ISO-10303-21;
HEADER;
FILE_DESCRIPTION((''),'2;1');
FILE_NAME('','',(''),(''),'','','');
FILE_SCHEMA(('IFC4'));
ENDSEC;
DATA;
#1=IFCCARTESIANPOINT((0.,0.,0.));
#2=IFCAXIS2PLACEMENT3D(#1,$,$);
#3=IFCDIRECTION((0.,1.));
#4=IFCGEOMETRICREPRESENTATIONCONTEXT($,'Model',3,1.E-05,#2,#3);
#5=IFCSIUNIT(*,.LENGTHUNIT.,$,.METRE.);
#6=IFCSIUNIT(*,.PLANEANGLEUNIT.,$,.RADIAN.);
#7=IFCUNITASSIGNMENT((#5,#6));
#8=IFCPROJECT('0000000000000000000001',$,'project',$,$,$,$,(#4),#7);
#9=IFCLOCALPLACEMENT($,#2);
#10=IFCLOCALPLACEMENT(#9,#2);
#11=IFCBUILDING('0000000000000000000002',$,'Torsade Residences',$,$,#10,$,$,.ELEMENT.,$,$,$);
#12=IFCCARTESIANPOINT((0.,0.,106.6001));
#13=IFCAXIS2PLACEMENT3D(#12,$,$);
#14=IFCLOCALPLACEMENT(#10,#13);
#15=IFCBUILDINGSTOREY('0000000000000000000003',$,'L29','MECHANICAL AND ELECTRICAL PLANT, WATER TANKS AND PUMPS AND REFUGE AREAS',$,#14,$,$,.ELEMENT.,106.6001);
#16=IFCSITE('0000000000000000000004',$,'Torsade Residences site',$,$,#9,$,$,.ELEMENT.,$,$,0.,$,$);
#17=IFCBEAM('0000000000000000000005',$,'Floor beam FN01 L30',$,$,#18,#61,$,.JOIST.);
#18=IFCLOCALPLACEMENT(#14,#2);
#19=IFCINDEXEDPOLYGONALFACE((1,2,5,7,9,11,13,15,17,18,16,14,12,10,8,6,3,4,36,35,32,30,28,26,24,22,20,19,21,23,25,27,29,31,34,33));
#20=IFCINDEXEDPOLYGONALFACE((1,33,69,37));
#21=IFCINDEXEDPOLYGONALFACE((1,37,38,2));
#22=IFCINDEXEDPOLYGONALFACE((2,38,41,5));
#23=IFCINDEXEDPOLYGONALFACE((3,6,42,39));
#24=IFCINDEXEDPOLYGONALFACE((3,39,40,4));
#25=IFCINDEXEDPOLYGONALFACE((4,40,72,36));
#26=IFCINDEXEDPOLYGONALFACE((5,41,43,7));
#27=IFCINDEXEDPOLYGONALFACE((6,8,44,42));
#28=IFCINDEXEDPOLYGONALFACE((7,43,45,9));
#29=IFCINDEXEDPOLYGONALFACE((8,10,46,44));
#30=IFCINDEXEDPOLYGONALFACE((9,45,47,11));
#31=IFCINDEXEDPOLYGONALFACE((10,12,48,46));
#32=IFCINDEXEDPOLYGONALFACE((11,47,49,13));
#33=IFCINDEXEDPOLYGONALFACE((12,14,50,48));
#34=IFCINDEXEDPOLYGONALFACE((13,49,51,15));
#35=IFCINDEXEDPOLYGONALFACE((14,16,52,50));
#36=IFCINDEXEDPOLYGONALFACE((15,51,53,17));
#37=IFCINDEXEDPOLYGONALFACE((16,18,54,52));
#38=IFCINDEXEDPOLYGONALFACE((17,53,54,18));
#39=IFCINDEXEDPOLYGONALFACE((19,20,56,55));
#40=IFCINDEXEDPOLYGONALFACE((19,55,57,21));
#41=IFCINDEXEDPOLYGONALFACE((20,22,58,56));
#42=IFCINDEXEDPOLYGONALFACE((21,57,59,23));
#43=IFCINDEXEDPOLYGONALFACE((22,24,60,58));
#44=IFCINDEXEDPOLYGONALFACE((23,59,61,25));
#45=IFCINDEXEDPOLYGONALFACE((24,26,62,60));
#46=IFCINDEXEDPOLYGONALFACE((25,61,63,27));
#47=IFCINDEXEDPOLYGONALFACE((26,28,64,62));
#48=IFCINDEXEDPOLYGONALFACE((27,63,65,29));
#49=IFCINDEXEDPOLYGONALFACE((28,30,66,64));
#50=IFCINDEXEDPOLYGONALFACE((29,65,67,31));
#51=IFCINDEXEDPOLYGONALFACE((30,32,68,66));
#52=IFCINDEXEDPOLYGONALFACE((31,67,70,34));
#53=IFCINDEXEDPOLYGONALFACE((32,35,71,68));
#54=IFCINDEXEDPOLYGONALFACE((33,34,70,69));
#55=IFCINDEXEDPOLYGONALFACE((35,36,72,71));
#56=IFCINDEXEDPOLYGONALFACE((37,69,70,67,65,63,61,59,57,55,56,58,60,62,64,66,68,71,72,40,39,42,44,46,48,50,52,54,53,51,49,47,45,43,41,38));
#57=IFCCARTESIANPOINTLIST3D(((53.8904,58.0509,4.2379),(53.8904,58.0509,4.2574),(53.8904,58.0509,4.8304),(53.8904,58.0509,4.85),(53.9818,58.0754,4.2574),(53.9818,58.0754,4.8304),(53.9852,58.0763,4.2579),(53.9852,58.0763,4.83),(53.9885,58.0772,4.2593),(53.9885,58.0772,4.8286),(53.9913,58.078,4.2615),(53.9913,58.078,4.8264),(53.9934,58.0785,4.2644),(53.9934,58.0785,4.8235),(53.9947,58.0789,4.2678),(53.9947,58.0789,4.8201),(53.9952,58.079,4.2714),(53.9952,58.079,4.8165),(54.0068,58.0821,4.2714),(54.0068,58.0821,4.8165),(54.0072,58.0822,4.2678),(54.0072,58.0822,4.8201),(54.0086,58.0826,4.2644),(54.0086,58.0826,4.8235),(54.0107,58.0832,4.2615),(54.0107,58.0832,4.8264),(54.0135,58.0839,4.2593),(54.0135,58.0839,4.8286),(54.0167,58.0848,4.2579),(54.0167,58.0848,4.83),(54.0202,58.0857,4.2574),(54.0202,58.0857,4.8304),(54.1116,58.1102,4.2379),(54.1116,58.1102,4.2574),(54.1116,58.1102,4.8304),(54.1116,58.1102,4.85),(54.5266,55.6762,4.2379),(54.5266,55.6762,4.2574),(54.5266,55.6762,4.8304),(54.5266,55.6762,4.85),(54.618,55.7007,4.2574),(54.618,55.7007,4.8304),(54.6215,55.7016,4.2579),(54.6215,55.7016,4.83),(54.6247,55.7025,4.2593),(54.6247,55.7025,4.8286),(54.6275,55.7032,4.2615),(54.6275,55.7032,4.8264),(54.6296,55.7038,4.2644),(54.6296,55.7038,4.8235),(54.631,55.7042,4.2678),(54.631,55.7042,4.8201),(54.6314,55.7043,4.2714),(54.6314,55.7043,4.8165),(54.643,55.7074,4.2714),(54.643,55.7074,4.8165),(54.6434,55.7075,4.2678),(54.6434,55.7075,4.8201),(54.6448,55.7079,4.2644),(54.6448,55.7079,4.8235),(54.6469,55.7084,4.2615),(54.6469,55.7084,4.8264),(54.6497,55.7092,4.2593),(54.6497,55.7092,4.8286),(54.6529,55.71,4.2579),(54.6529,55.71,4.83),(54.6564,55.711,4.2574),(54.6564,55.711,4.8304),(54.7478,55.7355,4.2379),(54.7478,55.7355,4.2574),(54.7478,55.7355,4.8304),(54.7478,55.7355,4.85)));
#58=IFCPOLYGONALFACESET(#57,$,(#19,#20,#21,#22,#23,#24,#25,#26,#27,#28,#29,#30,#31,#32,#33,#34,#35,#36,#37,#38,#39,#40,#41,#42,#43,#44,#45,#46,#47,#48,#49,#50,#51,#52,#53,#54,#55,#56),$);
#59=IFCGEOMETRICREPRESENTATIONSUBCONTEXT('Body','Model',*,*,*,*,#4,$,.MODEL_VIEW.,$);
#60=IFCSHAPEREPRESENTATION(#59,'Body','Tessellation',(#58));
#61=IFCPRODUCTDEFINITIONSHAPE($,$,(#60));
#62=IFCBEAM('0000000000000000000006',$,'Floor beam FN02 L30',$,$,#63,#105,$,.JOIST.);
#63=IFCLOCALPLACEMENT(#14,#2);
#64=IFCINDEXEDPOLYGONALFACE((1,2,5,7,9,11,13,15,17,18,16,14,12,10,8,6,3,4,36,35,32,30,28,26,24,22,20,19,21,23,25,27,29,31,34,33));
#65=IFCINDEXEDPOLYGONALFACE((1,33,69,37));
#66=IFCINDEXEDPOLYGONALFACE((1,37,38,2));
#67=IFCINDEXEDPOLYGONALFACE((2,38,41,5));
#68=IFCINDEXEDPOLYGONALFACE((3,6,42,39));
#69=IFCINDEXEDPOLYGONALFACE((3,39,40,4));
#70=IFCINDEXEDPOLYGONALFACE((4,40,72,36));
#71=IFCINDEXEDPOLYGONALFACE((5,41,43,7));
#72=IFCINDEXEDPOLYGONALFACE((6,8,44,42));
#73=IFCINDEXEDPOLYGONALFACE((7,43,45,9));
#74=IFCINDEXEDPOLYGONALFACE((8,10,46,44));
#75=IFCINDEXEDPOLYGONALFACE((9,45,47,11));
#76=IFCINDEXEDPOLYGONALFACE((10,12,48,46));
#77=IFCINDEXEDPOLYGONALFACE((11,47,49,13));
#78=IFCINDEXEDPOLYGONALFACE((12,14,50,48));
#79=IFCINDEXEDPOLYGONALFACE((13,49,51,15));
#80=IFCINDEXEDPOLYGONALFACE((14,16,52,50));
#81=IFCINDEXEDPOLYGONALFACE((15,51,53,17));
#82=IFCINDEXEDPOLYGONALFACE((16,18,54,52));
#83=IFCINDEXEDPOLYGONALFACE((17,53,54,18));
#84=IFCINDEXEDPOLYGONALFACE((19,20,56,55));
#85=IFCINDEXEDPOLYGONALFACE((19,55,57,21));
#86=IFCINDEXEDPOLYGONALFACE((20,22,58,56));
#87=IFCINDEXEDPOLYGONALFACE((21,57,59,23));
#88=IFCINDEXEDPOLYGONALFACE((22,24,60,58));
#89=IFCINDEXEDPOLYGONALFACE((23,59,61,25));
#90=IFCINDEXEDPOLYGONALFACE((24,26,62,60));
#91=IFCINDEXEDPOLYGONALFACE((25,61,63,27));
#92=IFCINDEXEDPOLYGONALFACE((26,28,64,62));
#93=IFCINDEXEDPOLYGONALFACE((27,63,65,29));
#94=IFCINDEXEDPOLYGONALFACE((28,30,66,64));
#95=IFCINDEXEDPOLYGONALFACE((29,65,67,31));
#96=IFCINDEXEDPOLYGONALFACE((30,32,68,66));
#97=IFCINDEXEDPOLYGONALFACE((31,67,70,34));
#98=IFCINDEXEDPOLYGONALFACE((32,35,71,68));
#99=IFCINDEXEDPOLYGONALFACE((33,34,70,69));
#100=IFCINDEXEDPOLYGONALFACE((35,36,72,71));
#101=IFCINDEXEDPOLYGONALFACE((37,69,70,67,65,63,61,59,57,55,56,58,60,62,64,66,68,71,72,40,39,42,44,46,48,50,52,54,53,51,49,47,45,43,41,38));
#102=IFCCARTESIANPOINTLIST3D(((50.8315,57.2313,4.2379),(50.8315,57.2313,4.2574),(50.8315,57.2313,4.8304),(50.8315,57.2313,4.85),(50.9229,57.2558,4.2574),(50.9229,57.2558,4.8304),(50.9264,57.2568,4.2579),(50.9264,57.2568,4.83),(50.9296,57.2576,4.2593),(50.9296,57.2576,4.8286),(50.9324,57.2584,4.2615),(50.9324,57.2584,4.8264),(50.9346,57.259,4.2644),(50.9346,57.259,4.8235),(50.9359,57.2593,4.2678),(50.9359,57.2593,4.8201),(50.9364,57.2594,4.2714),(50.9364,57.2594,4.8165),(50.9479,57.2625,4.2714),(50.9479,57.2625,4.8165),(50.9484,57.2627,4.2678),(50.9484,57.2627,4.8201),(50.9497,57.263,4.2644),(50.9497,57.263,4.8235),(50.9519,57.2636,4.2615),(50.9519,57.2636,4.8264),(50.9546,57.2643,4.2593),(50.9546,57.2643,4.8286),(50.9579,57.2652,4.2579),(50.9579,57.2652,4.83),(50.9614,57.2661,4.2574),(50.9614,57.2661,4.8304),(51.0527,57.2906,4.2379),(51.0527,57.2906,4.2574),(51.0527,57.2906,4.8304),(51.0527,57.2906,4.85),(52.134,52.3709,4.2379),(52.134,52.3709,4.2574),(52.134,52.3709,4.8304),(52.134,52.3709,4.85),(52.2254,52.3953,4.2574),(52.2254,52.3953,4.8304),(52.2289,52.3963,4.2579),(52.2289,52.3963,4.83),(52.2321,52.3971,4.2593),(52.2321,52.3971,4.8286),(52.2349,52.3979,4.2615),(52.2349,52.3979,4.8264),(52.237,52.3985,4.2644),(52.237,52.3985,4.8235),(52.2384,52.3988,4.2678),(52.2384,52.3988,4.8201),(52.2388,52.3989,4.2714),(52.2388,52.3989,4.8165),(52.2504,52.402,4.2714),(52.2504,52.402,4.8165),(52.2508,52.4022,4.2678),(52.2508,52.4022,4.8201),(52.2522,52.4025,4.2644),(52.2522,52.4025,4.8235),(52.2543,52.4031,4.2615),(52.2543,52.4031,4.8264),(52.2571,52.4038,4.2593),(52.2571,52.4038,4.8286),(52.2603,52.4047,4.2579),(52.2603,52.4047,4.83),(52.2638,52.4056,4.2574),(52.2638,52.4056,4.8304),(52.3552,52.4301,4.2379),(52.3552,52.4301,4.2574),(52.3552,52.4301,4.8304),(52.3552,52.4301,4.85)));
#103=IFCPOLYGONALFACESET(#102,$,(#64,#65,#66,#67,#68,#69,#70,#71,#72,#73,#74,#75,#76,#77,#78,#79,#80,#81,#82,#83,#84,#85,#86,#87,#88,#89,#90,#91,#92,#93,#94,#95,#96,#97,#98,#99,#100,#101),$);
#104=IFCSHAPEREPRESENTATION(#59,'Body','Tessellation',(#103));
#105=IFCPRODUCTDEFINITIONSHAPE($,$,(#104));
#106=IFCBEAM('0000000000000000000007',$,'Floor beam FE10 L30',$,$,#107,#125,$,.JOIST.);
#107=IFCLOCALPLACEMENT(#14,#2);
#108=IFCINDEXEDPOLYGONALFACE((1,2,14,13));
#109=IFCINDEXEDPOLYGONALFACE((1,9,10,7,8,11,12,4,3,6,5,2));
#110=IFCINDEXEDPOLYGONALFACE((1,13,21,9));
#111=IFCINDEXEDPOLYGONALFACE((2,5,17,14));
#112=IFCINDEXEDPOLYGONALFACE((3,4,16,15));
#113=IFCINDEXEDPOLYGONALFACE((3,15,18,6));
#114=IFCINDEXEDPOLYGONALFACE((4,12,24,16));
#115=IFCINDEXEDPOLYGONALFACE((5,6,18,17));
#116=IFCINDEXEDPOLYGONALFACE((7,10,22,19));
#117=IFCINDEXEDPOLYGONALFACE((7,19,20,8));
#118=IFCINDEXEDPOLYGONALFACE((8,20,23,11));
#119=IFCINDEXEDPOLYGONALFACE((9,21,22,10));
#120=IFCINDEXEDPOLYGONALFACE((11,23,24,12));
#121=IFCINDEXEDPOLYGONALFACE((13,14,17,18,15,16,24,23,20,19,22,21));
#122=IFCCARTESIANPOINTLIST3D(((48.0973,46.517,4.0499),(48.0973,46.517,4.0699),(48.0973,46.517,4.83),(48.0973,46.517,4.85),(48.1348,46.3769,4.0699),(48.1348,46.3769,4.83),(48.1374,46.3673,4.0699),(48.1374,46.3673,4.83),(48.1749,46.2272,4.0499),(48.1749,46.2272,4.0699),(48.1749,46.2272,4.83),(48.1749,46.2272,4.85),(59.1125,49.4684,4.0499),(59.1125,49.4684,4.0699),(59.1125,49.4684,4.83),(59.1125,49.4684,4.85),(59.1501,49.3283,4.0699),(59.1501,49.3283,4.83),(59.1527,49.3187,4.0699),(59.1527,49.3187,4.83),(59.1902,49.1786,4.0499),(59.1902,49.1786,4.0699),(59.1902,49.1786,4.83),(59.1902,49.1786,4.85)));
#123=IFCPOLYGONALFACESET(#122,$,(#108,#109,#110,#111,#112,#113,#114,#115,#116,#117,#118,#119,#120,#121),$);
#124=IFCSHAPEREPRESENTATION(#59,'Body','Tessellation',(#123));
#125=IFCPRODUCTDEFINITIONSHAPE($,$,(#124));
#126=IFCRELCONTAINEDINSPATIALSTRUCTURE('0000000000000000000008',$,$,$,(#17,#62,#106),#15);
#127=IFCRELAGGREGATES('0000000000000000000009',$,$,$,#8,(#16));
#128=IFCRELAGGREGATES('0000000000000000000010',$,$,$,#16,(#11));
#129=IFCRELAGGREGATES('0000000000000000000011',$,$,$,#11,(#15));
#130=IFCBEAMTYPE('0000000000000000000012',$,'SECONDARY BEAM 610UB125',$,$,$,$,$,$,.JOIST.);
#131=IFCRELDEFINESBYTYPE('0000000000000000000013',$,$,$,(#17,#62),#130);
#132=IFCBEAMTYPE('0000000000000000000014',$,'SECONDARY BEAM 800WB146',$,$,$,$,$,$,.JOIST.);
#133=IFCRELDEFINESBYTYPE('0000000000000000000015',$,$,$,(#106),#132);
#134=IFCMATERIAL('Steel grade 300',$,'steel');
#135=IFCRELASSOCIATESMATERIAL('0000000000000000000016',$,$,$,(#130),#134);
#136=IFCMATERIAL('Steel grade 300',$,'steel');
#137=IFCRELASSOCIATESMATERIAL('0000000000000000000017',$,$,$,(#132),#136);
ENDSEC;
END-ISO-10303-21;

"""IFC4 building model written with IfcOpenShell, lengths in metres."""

from ifc_helpers import new_model, si_unit, direction, frame, origin, origin_2d, place, context, subcontext, project, spatial, i_section, extrude, material, material_profile, profile_set, type_object, element, save


model = new_model("IFC4")

# Units and contexts
model_context = context("Model", 3, precision=1e-05, world=origin(), true_north=direction((0.0, 1.0)))
body_context = subcontext(model_context, "Body", "Model", "MODEL_VIEW")
ifc_project = project(units=[si_unit("LENGTHUNIT", "METRE"), si_unit("PLANEANGLEUNIT", "RADIAN")], contexts=[model_context])

# Site, building, storey
site_placement = place(None, origin())
site = spatial("IfcSite", under=ifc_project, at=site_placement, Name="Torsade Residences site", CompositionType="ELEMENT", RefElevation=0.0)
building_placement = place(site_placement, origin())
building = spatial("IfcBuilding", under=site, at=building_placement, Name="Torsade Residences", CompositionType="ELEMENT")
storey_placement = place(building_placement, frame((0.0, 0.0, 106.6001)))
storey = spatial("IfcBuildingStorey", under=building, at=storey_placement, Name="L29", Description="MECHANICAL AND ELECTRICAL PLANT, WATER TANKS AND PUMPS AND REFUGE AREAS", CompositionType="ELEMENT", Elevation=106.6001)

# Beams
ifc_material_1 = material(Name="Steel grade 300", Category="steel")
ifc_material_profile_1 = material_profile(ifc_material_1, i_section(OverallWidth=0.229, OverallDepth=0.6121, WebThickness=0.012, FlangeThickness=0.0195, FilletRadius=0.0139, at=origin_2d()), Name="610UB125")
ifc_profile_set_1 = profile_set([ifc_material_profile_1], Name="Steel grade 300")
beam_type_1 = type_object("IfcBeamType", Name="SECONDARY BEAM 610UB125", PredefinedType="JOIST", material=ifc_profile_set_1)
beam_1_placement = place(storey_placement, frame((54.001, 58.0806, 4.5439), z_axis=(0.258787, -0.965934, 0.0), x_axis=(0.965934, 0.258787, 0.0)))
element("IfcBeam", 1, at=beam_1_placement, inside=storey, type_object=beam_type_1, Name="Floor beam FN01 L30", PredefinedType="JOIST", context=body_context, shape_type="SweptSolid", body=[
    extrude(i_section(OverallWidth=0.229, OverallDepth=0.6121, WebThickness=0.012, FlangeThickness=0.0195, FilletRadius=0.0139, at=origin_2d()), origin(), (0.0, 0.0, 1.0), 2.4585),
])
beam_2_placement = place(storey_placement, frame((50.9421, 57.261, 4.5439), z_axis=(0.258837, -0.965921, 0.0), x_axis=(0.965921, 0.258837, 0.0)))
element("IfcBeam", 2, at=beam_2_placement, inside=storey, type_object=beam_type_1, Name="Floor beam FN02 L30", PredefinedType="JOIST", context=body_context, shape_type="SweptSolid", body=[
    extrude(i_section(OverallWidth=0.229, OverallDepth=0.6121, WebThickness=0.012, FlangeThickness=0.0195, FilletRadius=0.0139, at=origin_2d()), origin(), (0.0, 0.0, 1.0), 5.032),
])
ifc_material_2 = material(Name="Steel grade 300", Category="steel")
ifc_material_profile_2 = material_profile(ifc_material_2, i_section(OverallWidth=0.3, OverallDepth=0.8, WebThickness=0.01, FlangeThickness=0.02, at=origin_2d()), Name="800WB146")
ifc_profile_set_2 = profile_set([ifc_material_profile_2], Name="Steel grade 300")
beam_type_2 = type_object("IfcBeamType", Name="SECONDARY BEAM 800WB146", PredefinedType="JOIST", material=ifc_profile_set_2)
beam_3_placement = place(storey_placement, frame((59.1514, 49.3235, 4.45), z_axis=(-0.965929, -0.258807, 0.0), x_axis=(0.258807, -0.965929, 0.0)))
element("IfcBeam", 3, at=beam_3_placement, inside=storey, type_object=beam_type_2, Name="Floor beam FE10 L30", PredefinedType="JOIST", context=body_context, shape_type="SweptSolid", body=[
    extrude(i_section(OverallWidth=0.3, OverallDepth=0.8, WebThickness=0.01, FlangeThickness=0.02, at=origin_2d()), origin(), (0.0, 0.0, 1.0), 11.4038),
])

save(model, "model.ifc")
